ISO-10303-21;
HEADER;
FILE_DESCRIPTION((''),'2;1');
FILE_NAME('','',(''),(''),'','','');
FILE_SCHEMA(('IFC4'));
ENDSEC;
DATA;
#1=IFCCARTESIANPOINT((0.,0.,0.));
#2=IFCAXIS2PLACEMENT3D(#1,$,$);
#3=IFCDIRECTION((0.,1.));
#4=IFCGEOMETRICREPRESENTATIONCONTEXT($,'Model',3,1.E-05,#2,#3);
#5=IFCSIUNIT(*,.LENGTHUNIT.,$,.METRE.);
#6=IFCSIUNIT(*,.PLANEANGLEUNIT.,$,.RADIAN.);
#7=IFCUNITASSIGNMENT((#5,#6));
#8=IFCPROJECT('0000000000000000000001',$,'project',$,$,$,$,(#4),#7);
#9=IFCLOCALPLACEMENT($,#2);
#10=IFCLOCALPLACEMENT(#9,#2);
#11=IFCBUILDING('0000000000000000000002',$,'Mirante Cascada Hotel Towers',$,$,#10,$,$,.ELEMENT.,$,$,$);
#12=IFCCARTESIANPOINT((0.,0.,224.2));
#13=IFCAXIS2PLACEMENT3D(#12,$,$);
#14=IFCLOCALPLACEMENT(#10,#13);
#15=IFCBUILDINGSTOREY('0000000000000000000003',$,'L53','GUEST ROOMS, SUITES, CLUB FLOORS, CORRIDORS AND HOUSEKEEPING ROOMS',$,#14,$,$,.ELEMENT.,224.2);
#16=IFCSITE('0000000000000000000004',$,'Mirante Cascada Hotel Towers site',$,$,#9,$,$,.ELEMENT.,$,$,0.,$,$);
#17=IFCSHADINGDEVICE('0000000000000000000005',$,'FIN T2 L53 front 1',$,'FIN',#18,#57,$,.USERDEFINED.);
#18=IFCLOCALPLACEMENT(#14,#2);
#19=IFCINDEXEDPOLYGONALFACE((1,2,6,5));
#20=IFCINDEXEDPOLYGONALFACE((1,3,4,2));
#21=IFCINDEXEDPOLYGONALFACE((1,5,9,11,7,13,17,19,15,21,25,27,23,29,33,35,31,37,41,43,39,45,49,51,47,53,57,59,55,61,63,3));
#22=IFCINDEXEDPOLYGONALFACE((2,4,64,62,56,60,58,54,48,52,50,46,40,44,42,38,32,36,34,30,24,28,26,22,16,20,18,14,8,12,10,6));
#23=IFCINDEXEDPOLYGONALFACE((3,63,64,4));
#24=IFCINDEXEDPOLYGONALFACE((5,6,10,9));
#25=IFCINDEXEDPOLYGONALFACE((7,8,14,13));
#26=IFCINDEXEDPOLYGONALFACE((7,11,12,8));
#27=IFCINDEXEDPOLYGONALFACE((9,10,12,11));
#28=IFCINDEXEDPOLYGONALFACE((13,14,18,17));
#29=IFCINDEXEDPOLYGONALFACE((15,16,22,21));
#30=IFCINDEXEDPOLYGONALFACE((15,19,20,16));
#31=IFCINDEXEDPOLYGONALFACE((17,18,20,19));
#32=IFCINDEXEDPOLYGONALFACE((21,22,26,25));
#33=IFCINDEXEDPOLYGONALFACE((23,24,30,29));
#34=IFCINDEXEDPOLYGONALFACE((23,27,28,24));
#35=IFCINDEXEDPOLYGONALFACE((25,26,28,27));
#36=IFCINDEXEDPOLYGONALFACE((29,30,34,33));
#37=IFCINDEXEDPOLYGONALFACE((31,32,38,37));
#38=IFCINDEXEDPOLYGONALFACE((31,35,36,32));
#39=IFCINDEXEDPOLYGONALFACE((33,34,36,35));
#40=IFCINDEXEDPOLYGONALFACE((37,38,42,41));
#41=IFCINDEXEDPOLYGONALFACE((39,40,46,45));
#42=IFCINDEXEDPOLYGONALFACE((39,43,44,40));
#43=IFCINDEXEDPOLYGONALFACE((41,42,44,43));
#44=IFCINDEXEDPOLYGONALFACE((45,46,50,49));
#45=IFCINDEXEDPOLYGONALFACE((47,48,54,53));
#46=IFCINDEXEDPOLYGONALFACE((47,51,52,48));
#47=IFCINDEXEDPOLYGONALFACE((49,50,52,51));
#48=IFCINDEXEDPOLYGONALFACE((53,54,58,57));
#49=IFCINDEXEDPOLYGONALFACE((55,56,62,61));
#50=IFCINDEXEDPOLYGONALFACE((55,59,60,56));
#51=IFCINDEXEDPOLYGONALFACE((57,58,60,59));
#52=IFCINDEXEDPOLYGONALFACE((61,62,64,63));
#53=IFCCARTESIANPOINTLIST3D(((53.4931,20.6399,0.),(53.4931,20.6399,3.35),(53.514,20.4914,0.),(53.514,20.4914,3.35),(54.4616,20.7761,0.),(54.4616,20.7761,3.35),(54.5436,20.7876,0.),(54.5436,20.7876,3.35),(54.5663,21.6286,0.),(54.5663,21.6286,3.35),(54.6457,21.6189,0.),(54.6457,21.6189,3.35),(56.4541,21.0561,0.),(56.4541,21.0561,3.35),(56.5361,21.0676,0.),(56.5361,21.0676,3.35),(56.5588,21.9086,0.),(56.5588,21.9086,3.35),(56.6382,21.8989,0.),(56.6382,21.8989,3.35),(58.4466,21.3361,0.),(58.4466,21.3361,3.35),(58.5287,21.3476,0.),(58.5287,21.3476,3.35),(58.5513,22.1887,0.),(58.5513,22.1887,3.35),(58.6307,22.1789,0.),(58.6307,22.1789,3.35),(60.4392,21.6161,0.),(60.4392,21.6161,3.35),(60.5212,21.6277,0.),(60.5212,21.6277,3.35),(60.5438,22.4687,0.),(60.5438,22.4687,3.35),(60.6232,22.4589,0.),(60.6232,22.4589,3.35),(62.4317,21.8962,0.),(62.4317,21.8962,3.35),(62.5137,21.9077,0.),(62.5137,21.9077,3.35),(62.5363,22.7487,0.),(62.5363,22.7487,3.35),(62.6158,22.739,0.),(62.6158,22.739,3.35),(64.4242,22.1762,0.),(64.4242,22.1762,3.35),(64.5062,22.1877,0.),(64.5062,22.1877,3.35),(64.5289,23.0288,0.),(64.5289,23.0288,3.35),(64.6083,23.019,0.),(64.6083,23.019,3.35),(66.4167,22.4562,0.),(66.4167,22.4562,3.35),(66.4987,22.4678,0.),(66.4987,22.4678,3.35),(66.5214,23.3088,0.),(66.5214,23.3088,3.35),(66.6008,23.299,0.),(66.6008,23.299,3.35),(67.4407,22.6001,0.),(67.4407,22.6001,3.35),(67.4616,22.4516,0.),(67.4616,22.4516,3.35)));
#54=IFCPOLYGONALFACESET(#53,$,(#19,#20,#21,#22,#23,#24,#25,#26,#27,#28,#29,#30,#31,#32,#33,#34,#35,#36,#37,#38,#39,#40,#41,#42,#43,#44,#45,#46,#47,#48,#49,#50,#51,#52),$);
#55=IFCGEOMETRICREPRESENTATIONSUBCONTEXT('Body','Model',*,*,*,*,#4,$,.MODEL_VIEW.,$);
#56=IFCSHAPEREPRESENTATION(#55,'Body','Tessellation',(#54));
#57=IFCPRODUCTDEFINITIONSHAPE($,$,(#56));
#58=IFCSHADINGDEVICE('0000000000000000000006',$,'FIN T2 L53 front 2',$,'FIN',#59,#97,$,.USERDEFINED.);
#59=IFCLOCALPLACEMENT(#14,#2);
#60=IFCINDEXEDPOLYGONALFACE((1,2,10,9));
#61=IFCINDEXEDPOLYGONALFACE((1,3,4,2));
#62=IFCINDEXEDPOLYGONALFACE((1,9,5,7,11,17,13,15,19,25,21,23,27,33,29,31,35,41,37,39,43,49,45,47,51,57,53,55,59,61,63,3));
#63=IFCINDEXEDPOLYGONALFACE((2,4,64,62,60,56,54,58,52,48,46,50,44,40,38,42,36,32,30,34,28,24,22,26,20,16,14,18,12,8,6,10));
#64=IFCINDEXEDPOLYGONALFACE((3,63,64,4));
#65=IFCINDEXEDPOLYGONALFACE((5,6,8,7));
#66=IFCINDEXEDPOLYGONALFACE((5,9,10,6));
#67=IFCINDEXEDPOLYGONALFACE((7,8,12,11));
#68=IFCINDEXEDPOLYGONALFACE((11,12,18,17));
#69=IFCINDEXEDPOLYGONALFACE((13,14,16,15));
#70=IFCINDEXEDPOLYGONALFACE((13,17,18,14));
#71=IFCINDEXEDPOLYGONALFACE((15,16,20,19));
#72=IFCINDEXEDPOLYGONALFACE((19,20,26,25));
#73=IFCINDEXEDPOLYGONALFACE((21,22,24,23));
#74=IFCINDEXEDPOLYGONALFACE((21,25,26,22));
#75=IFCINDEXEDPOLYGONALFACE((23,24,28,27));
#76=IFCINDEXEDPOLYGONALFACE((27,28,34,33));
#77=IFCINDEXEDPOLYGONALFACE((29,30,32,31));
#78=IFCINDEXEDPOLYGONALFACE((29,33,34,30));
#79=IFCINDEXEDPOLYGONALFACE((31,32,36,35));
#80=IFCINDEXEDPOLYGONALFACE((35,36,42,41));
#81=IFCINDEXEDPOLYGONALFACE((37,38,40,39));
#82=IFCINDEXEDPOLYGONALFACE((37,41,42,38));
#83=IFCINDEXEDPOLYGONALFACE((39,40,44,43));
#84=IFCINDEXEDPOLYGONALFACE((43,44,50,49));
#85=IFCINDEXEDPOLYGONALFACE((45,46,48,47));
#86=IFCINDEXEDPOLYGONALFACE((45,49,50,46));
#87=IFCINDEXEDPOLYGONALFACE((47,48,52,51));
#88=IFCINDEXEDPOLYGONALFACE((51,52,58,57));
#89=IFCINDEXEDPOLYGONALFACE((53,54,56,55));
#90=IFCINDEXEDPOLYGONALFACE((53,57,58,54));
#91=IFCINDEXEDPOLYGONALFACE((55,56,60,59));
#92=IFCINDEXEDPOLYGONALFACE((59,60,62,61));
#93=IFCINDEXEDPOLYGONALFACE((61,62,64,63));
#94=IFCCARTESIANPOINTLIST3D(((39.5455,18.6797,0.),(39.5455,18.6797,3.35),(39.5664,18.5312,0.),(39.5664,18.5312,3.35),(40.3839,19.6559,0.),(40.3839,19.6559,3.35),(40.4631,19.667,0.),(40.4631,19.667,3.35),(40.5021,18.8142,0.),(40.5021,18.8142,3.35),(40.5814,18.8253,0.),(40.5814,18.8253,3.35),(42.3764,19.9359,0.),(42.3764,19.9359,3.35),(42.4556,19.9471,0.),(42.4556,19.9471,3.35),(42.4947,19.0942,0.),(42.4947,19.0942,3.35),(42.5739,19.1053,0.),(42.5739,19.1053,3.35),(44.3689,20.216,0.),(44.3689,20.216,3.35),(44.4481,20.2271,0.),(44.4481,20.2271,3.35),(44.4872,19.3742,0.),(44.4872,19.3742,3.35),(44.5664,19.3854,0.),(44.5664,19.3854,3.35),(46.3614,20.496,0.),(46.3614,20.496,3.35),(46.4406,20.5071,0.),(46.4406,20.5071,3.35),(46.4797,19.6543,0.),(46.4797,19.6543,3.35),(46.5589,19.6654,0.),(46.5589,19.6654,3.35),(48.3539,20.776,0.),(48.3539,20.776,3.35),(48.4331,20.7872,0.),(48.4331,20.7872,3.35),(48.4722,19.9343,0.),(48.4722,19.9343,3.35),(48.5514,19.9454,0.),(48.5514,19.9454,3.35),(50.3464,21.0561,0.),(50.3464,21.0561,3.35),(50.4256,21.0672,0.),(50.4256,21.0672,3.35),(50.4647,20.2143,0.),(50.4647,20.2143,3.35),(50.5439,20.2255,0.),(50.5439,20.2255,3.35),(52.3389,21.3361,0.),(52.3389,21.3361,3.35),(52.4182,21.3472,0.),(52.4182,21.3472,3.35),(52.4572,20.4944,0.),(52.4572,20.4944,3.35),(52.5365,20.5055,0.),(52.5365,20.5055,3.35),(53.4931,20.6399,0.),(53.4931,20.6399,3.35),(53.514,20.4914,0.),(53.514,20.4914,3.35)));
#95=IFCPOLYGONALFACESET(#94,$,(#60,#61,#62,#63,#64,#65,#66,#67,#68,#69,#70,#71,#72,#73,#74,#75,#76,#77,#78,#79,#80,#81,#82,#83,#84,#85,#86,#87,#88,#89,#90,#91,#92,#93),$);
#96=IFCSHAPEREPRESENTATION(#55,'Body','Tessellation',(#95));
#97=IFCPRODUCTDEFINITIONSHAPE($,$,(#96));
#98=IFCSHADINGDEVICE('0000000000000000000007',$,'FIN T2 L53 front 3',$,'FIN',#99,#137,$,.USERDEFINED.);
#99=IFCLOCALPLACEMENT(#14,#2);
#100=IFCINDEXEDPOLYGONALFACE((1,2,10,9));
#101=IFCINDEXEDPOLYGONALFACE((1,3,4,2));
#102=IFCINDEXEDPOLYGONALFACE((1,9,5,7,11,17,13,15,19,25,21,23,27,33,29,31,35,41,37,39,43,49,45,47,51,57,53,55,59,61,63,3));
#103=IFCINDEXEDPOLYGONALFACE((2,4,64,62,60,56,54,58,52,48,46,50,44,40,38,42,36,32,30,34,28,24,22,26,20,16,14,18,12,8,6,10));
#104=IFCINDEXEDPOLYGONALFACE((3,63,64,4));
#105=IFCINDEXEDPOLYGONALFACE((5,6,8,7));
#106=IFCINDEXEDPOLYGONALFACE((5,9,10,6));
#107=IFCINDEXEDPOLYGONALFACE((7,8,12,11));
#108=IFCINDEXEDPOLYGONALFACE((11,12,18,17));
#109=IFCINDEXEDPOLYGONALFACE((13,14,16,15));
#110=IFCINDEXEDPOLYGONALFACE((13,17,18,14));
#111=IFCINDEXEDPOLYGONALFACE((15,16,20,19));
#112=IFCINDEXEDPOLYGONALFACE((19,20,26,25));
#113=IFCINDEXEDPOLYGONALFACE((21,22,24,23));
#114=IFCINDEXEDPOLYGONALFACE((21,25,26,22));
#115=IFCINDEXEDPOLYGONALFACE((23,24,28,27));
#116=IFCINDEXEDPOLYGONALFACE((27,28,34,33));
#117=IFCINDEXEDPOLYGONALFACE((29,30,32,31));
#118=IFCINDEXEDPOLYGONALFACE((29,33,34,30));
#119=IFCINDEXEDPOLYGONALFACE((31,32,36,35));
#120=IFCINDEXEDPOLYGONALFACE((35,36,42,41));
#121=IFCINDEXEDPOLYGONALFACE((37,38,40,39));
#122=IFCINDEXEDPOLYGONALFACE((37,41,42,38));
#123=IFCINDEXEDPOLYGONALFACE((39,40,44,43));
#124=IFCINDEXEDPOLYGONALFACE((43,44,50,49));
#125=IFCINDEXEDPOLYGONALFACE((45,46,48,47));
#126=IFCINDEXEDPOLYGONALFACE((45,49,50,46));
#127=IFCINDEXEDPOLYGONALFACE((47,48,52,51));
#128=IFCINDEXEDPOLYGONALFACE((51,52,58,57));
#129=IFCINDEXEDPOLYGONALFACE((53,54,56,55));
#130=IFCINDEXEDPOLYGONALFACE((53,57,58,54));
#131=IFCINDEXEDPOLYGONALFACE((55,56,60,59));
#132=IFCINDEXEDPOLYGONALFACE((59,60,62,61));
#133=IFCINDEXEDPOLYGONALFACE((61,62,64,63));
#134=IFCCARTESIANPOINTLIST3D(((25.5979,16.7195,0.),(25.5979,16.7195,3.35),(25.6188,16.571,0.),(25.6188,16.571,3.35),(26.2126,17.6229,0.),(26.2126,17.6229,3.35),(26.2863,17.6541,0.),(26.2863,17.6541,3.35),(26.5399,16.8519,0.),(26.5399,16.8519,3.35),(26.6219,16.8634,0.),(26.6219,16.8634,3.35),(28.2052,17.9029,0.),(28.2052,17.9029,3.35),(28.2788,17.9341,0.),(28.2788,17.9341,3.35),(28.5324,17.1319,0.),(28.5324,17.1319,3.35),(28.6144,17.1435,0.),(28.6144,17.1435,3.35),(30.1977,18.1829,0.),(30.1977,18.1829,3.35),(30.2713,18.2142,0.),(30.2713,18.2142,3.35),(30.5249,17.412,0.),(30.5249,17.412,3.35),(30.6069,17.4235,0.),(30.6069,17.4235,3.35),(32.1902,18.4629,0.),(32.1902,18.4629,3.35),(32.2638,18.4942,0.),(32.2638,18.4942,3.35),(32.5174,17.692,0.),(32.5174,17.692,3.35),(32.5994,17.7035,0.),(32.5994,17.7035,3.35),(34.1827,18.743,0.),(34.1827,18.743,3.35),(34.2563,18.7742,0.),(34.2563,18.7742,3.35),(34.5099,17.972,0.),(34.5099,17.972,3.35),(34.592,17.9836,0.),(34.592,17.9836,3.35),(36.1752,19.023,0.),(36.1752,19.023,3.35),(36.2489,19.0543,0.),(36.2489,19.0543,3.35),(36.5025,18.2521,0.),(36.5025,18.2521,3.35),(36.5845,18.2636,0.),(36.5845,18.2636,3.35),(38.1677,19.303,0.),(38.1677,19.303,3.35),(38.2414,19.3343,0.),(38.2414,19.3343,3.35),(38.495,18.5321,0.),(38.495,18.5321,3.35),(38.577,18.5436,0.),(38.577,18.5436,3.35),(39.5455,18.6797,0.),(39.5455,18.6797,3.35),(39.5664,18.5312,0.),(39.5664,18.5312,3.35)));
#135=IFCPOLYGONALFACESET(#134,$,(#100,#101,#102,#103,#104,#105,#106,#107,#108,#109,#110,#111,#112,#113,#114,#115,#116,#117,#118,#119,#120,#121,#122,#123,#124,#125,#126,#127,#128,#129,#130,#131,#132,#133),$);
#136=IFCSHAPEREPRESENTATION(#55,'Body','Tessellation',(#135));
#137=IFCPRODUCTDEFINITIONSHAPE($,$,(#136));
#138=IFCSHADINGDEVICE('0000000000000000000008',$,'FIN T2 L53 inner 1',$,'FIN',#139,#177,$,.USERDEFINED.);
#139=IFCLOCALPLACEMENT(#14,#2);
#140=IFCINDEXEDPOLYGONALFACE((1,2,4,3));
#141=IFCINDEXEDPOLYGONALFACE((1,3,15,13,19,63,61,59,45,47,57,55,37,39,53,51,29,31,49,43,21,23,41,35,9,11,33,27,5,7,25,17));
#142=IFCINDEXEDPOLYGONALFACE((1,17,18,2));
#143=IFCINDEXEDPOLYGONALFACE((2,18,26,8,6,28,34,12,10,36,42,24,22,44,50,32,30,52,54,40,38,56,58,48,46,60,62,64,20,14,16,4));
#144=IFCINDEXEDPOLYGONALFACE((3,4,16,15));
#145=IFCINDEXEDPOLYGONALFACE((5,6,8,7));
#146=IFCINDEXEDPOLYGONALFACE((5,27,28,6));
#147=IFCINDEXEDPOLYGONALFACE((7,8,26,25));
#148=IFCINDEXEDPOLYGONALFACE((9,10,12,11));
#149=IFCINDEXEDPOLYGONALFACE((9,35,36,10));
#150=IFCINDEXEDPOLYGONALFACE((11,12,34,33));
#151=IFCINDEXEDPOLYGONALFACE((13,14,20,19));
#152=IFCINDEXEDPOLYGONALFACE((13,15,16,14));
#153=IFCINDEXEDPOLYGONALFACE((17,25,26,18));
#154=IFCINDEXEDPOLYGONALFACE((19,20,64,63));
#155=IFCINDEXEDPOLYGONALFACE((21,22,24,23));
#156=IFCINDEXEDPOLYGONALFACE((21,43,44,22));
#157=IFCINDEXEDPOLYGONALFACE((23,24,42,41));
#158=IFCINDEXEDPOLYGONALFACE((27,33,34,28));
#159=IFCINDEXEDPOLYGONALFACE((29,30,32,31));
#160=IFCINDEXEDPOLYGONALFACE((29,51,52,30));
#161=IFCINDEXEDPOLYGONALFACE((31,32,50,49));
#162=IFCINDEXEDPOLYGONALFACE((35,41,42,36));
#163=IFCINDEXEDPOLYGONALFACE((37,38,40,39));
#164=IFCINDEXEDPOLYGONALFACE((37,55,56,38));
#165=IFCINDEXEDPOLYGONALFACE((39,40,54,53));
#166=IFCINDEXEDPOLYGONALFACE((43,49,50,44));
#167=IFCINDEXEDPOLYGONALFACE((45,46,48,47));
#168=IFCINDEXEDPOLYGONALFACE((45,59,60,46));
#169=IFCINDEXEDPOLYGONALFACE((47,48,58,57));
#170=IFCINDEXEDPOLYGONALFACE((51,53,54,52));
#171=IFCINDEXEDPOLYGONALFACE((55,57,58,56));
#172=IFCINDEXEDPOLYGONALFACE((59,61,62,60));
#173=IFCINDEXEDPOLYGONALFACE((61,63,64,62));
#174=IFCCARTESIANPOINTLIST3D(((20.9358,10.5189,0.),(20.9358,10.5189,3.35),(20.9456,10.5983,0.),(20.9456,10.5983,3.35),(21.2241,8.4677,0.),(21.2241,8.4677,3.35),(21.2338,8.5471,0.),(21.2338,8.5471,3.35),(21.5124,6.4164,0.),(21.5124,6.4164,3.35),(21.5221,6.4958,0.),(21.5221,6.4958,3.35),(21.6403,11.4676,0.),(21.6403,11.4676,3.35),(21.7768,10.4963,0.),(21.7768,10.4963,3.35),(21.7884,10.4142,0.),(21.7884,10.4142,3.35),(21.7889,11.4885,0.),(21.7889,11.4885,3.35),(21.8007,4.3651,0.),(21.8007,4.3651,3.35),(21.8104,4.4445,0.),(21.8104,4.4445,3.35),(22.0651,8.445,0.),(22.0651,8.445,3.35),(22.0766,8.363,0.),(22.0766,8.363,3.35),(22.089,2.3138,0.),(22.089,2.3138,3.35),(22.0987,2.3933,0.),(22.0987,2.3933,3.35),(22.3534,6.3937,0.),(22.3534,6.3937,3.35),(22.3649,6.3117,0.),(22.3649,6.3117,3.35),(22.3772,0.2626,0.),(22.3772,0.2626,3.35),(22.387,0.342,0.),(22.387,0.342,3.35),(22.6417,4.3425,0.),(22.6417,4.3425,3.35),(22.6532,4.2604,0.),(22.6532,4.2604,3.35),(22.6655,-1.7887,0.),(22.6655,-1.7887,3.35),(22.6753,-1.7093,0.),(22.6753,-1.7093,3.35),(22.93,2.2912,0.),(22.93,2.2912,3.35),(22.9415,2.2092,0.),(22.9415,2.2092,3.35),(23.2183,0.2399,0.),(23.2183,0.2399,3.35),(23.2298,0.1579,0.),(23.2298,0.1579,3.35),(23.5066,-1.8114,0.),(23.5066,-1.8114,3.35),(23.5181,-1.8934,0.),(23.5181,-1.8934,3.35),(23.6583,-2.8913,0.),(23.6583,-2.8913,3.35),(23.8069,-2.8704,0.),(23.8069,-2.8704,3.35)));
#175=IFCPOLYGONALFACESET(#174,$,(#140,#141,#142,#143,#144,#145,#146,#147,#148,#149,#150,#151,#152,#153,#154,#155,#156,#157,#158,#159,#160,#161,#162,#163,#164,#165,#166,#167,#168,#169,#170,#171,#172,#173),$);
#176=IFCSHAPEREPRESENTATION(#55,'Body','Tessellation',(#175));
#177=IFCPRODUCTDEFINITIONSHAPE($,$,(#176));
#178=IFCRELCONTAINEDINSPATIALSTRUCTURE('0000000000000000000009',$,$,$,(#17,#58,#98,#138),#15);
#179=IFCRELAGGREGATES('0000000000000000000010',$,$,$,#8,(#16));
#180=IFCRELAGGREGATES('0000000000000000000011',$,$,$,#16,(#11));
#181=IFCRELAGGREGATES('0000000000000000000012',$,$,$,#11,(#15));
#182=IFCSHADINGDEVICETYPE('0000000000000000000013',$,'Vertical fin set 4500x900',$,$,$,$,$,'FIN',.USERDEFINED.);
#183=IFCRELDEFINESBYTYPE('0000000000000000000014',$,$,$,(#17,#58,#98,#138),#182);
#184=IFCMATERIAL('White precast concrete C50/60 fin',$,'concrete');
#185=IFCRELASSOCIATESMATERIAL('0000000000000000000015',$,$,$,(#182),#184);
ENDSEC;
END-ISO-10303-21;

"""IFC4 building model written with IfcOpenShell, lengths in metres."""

from ifc_helpers import new_model, si_unit, direction, frame, origin, place, context, subcontext, project, spatial, polyline, outline, extrude, material, type_object, element, save


model = new_model("IFC4")

# Units and contexts
model_context = context("Model", 3, precision=1e-05, world=origin(), true_north=direction((0.0, 1.0)))
body_context = subcontext(model_context, "Body", "Model", "MODEL_VIEW")
ifc_project = project(units=[si_unit("LENGTHUNIT", "METRE"), si_unit("PLANEANGLEUNIT", "RADIAN")], contexts=[model_context])

# Site, building, storey
site_placement = place(None, origin())
site = spatial("IfcSite", under=ifc_project, at=site_placement, Name="Mirante Cascada Hotel Towers site", CompositionType="ELEMENT", RefElevation=0.0)
building_placement = place(site_placement, origin())
building = spatial("IfcBuilding", under=site, at=building_placement, Name="Mirante Cascada Hotel Towers", CompositionType="ELEMENT")
storey_placement = place(building_placement, frame((0.0, 0.0, 224.2)))
storey = spatial("IfcBuildingStorey", under=building, at=storey_placement, Name="L53", Description="GUEST ROOMS, SUITES, CLUB FLOORS, CORRIDORS AND HOUSEKEEPING ROOMS", CompositionType="ELEMENT", Elevation=224.2)

# Shading devices
ifc_material_1 = material(Name="White precast concrete C50/60 fin", Category="concrete")
shading_device_type = type_object("IfcShadingDeviceType", Name="Vertical fin set 4500x900", ElementType="FIN", PredefinedType="USERDEFINED", material=ifc_material_1)
shading_device_1_placement = place(storey_placement, origin())
element("IfcShadingDevice", 1, at=shading_device_1_placement, inside=storey, type_object=shading_device_type, Name="FIN T2 L53 front 1", ObjectType="FIN", PredefinedType="USERDEFINED", context=body_context, shape_type="SweptSolid", body=[
    extrude(outline(polyline([(54.6457, 21.6189), (54.5436, 20.7876), (56.4541, 21.0561), (56.5588, 21.9086), (56.6382, 21.8989), (56.5361, 21.0676), (58.4466, 21.3361), (58.5513, 22.1887), (58.6307, 22.1789), (58.5287, 21.3476), (60.4392, 21.6161), (60.5438, 22.4687), (60.6232, 22.4589), (60.5212, 21.6277), (62.4317, 21.8962), (62.5363, 22.7487), (62.6158, 22.739), (62.5137, 21.9077), (64.4242, 22.1762), (64.5289, 23.0288), (64.6083, 23.019), (64.5062, 22.1877), (66.4167, 22.4562), (66.5214, 23.3088), (66.6008, 23.299), (66.4987, 22.4678), (67.4407, 22.6001), (67.4616, 22.4516), (53.514, 20.4914), (53.4931, 20.6399), (54.4616, 20.7761), (54.5663, 21.6286), (54.6457, 21.6189)])), origin(), (0.0, 0.0, 1.0), 3.35),
])
shading_device_2_placement = place(storey_placement, origin())
element("IfcShadingDevice", 2, at=shading_device_2_placement, inside=storey, type_object=shading_device_type, Name="FIN T2 L53 front 2", ObjectType="FIN", PredefinedType="USERDEFINED", context=body_context, shape_type="SweptSolid", body=[
    extrude(outline(polyline([(40.4631, 19.667), (40.5814, 18.8253), (42.4947, 19.0942), (42.3764, 19.9359), (42.4556, 19.9471), (42.5739, 19.1053), (44.4872, 19.3742), (44.3689, 20.216), (44.4481, 20.2271), (44.5664, 19.3854), (46.4797, 19.6543), (46.3614, 20.496), (46.4406, 20.5071), (46.5589, 19.6654), (48.4722, 19.9343), (48.3539, 20.776), (48.4331, 20.7872), (48.5514, 19.9454), (50.4647, 20.2143), (50.3464, 21.0561), (50.4256, 21.0672), (50.5439, 20.2255), (52.4572, 20.4944), (52.3389, 21.3361), (52.4182, 21.3472), (52.5365, 20.5055), (53.4931, 20.6399), (53.514, 20.4914), (39.5664, 18.5312), (39.5455, 18.6797), (40.5021, 18.8142), (40.3839, 19.6559), (40.4631, 19.667)])), origin(), (0.0, 0.0, 1.0), 3.35),
])
shading_device_3_placement = place(storey_placement, origin())
element("IfcShadingDevice", 3, at=shading_device_3_placement, inside=storey, type_object=shading_device_type, Name="FIN T2 L53 front 3", ObjectType="FIN", PredefinedType="USERDEFINED", context=body_context, shape_type="SweptSolid", body=[
    extrude(outline(polyline([(26.2863, 17.6541), (26.6219, 16.8634), (28.5324, 17.1319), (28.2052, 17.9029), (28.2788, 17.9341), (28.6144, 17.1435), (30.5249, 17.412), (30.1977, 18.1829), (30.2713, 18.2142), (30.6069, 17.4235), (32.5174, 17.692), (32.1902, 18.4629), (32.2638, 18.4942), (32.5994, 17.7035), (34.5099, 17.972), (34.1827, 18.743), (34.2563, 18.7742), (34.592, 17.9836), (36.5025, 18.2521), (36.1752, 19.023), (36.2489, 19.0543), (36.5845, 18.2636), (38.495, 18.5321), (38.1677, 19.303), (38.2414, 19.3343), (38.577, 18.5436), (39.5455, 18.6797), (39.5664, 18.5312), (25.6188, 16.571), (25.5979, 16.7195), (26.5399, 16.8519), (26.2126, 17.6229), (26.2863, 17.6541)])), origin(), (0.0, 0.0, 1.0), 3.35),
])
shading_device_4_placement = place(storey_placement, origin())
element("IfcShadingDevice", 4, at=shading_device_4_placement, inside=storey, type_object=shading_device_type, Name="FIN T2 L53 inner 1", ObjectType="FIN", PredefinedType="USERDEFINED", context=body_context, shape_type="SweptSolid", body=[
    extrude(outline(polyline([(22.6753, -1.7093), (23.5066, -1.8114), (23.2298, 0.1579), (22.3772, 0.2626), (22.387, 0.342), (23.2183, 0.2399), (22.9415, 2.2092), (22.089, 2.3138), (22.0987, 2.3933), (22.93, 2.2912), (22.6532, 4.2604), (21.8007, 4.3651), (21.8104, 4.4445), (22.6417, 4.3425), (22.3649, 6.3117), (21.5124, 6.4164), (21.5221, 6.4958), (22.3534, 6.3937), (22.0766, 8.363), (21.2241, 8.4677), (21.2338, 8.5471), (22.0651, 8.445), (21.7884, 10.4142), (20.9358, 10.5189), (20.9456, 10.5983), (21.7768, 10.4963), (21.6403, 11.4676), (21.7889, 11.4885), (23.8069, -2.8704), (23.6583, -2.8913), (23.5181, -1.8934), (22.6655, -1.7887), (22.6753, -1.7093)])), origin(), (0.0, 0.0, 1.0), 3.35),
])

save(model, "model.ifc")
